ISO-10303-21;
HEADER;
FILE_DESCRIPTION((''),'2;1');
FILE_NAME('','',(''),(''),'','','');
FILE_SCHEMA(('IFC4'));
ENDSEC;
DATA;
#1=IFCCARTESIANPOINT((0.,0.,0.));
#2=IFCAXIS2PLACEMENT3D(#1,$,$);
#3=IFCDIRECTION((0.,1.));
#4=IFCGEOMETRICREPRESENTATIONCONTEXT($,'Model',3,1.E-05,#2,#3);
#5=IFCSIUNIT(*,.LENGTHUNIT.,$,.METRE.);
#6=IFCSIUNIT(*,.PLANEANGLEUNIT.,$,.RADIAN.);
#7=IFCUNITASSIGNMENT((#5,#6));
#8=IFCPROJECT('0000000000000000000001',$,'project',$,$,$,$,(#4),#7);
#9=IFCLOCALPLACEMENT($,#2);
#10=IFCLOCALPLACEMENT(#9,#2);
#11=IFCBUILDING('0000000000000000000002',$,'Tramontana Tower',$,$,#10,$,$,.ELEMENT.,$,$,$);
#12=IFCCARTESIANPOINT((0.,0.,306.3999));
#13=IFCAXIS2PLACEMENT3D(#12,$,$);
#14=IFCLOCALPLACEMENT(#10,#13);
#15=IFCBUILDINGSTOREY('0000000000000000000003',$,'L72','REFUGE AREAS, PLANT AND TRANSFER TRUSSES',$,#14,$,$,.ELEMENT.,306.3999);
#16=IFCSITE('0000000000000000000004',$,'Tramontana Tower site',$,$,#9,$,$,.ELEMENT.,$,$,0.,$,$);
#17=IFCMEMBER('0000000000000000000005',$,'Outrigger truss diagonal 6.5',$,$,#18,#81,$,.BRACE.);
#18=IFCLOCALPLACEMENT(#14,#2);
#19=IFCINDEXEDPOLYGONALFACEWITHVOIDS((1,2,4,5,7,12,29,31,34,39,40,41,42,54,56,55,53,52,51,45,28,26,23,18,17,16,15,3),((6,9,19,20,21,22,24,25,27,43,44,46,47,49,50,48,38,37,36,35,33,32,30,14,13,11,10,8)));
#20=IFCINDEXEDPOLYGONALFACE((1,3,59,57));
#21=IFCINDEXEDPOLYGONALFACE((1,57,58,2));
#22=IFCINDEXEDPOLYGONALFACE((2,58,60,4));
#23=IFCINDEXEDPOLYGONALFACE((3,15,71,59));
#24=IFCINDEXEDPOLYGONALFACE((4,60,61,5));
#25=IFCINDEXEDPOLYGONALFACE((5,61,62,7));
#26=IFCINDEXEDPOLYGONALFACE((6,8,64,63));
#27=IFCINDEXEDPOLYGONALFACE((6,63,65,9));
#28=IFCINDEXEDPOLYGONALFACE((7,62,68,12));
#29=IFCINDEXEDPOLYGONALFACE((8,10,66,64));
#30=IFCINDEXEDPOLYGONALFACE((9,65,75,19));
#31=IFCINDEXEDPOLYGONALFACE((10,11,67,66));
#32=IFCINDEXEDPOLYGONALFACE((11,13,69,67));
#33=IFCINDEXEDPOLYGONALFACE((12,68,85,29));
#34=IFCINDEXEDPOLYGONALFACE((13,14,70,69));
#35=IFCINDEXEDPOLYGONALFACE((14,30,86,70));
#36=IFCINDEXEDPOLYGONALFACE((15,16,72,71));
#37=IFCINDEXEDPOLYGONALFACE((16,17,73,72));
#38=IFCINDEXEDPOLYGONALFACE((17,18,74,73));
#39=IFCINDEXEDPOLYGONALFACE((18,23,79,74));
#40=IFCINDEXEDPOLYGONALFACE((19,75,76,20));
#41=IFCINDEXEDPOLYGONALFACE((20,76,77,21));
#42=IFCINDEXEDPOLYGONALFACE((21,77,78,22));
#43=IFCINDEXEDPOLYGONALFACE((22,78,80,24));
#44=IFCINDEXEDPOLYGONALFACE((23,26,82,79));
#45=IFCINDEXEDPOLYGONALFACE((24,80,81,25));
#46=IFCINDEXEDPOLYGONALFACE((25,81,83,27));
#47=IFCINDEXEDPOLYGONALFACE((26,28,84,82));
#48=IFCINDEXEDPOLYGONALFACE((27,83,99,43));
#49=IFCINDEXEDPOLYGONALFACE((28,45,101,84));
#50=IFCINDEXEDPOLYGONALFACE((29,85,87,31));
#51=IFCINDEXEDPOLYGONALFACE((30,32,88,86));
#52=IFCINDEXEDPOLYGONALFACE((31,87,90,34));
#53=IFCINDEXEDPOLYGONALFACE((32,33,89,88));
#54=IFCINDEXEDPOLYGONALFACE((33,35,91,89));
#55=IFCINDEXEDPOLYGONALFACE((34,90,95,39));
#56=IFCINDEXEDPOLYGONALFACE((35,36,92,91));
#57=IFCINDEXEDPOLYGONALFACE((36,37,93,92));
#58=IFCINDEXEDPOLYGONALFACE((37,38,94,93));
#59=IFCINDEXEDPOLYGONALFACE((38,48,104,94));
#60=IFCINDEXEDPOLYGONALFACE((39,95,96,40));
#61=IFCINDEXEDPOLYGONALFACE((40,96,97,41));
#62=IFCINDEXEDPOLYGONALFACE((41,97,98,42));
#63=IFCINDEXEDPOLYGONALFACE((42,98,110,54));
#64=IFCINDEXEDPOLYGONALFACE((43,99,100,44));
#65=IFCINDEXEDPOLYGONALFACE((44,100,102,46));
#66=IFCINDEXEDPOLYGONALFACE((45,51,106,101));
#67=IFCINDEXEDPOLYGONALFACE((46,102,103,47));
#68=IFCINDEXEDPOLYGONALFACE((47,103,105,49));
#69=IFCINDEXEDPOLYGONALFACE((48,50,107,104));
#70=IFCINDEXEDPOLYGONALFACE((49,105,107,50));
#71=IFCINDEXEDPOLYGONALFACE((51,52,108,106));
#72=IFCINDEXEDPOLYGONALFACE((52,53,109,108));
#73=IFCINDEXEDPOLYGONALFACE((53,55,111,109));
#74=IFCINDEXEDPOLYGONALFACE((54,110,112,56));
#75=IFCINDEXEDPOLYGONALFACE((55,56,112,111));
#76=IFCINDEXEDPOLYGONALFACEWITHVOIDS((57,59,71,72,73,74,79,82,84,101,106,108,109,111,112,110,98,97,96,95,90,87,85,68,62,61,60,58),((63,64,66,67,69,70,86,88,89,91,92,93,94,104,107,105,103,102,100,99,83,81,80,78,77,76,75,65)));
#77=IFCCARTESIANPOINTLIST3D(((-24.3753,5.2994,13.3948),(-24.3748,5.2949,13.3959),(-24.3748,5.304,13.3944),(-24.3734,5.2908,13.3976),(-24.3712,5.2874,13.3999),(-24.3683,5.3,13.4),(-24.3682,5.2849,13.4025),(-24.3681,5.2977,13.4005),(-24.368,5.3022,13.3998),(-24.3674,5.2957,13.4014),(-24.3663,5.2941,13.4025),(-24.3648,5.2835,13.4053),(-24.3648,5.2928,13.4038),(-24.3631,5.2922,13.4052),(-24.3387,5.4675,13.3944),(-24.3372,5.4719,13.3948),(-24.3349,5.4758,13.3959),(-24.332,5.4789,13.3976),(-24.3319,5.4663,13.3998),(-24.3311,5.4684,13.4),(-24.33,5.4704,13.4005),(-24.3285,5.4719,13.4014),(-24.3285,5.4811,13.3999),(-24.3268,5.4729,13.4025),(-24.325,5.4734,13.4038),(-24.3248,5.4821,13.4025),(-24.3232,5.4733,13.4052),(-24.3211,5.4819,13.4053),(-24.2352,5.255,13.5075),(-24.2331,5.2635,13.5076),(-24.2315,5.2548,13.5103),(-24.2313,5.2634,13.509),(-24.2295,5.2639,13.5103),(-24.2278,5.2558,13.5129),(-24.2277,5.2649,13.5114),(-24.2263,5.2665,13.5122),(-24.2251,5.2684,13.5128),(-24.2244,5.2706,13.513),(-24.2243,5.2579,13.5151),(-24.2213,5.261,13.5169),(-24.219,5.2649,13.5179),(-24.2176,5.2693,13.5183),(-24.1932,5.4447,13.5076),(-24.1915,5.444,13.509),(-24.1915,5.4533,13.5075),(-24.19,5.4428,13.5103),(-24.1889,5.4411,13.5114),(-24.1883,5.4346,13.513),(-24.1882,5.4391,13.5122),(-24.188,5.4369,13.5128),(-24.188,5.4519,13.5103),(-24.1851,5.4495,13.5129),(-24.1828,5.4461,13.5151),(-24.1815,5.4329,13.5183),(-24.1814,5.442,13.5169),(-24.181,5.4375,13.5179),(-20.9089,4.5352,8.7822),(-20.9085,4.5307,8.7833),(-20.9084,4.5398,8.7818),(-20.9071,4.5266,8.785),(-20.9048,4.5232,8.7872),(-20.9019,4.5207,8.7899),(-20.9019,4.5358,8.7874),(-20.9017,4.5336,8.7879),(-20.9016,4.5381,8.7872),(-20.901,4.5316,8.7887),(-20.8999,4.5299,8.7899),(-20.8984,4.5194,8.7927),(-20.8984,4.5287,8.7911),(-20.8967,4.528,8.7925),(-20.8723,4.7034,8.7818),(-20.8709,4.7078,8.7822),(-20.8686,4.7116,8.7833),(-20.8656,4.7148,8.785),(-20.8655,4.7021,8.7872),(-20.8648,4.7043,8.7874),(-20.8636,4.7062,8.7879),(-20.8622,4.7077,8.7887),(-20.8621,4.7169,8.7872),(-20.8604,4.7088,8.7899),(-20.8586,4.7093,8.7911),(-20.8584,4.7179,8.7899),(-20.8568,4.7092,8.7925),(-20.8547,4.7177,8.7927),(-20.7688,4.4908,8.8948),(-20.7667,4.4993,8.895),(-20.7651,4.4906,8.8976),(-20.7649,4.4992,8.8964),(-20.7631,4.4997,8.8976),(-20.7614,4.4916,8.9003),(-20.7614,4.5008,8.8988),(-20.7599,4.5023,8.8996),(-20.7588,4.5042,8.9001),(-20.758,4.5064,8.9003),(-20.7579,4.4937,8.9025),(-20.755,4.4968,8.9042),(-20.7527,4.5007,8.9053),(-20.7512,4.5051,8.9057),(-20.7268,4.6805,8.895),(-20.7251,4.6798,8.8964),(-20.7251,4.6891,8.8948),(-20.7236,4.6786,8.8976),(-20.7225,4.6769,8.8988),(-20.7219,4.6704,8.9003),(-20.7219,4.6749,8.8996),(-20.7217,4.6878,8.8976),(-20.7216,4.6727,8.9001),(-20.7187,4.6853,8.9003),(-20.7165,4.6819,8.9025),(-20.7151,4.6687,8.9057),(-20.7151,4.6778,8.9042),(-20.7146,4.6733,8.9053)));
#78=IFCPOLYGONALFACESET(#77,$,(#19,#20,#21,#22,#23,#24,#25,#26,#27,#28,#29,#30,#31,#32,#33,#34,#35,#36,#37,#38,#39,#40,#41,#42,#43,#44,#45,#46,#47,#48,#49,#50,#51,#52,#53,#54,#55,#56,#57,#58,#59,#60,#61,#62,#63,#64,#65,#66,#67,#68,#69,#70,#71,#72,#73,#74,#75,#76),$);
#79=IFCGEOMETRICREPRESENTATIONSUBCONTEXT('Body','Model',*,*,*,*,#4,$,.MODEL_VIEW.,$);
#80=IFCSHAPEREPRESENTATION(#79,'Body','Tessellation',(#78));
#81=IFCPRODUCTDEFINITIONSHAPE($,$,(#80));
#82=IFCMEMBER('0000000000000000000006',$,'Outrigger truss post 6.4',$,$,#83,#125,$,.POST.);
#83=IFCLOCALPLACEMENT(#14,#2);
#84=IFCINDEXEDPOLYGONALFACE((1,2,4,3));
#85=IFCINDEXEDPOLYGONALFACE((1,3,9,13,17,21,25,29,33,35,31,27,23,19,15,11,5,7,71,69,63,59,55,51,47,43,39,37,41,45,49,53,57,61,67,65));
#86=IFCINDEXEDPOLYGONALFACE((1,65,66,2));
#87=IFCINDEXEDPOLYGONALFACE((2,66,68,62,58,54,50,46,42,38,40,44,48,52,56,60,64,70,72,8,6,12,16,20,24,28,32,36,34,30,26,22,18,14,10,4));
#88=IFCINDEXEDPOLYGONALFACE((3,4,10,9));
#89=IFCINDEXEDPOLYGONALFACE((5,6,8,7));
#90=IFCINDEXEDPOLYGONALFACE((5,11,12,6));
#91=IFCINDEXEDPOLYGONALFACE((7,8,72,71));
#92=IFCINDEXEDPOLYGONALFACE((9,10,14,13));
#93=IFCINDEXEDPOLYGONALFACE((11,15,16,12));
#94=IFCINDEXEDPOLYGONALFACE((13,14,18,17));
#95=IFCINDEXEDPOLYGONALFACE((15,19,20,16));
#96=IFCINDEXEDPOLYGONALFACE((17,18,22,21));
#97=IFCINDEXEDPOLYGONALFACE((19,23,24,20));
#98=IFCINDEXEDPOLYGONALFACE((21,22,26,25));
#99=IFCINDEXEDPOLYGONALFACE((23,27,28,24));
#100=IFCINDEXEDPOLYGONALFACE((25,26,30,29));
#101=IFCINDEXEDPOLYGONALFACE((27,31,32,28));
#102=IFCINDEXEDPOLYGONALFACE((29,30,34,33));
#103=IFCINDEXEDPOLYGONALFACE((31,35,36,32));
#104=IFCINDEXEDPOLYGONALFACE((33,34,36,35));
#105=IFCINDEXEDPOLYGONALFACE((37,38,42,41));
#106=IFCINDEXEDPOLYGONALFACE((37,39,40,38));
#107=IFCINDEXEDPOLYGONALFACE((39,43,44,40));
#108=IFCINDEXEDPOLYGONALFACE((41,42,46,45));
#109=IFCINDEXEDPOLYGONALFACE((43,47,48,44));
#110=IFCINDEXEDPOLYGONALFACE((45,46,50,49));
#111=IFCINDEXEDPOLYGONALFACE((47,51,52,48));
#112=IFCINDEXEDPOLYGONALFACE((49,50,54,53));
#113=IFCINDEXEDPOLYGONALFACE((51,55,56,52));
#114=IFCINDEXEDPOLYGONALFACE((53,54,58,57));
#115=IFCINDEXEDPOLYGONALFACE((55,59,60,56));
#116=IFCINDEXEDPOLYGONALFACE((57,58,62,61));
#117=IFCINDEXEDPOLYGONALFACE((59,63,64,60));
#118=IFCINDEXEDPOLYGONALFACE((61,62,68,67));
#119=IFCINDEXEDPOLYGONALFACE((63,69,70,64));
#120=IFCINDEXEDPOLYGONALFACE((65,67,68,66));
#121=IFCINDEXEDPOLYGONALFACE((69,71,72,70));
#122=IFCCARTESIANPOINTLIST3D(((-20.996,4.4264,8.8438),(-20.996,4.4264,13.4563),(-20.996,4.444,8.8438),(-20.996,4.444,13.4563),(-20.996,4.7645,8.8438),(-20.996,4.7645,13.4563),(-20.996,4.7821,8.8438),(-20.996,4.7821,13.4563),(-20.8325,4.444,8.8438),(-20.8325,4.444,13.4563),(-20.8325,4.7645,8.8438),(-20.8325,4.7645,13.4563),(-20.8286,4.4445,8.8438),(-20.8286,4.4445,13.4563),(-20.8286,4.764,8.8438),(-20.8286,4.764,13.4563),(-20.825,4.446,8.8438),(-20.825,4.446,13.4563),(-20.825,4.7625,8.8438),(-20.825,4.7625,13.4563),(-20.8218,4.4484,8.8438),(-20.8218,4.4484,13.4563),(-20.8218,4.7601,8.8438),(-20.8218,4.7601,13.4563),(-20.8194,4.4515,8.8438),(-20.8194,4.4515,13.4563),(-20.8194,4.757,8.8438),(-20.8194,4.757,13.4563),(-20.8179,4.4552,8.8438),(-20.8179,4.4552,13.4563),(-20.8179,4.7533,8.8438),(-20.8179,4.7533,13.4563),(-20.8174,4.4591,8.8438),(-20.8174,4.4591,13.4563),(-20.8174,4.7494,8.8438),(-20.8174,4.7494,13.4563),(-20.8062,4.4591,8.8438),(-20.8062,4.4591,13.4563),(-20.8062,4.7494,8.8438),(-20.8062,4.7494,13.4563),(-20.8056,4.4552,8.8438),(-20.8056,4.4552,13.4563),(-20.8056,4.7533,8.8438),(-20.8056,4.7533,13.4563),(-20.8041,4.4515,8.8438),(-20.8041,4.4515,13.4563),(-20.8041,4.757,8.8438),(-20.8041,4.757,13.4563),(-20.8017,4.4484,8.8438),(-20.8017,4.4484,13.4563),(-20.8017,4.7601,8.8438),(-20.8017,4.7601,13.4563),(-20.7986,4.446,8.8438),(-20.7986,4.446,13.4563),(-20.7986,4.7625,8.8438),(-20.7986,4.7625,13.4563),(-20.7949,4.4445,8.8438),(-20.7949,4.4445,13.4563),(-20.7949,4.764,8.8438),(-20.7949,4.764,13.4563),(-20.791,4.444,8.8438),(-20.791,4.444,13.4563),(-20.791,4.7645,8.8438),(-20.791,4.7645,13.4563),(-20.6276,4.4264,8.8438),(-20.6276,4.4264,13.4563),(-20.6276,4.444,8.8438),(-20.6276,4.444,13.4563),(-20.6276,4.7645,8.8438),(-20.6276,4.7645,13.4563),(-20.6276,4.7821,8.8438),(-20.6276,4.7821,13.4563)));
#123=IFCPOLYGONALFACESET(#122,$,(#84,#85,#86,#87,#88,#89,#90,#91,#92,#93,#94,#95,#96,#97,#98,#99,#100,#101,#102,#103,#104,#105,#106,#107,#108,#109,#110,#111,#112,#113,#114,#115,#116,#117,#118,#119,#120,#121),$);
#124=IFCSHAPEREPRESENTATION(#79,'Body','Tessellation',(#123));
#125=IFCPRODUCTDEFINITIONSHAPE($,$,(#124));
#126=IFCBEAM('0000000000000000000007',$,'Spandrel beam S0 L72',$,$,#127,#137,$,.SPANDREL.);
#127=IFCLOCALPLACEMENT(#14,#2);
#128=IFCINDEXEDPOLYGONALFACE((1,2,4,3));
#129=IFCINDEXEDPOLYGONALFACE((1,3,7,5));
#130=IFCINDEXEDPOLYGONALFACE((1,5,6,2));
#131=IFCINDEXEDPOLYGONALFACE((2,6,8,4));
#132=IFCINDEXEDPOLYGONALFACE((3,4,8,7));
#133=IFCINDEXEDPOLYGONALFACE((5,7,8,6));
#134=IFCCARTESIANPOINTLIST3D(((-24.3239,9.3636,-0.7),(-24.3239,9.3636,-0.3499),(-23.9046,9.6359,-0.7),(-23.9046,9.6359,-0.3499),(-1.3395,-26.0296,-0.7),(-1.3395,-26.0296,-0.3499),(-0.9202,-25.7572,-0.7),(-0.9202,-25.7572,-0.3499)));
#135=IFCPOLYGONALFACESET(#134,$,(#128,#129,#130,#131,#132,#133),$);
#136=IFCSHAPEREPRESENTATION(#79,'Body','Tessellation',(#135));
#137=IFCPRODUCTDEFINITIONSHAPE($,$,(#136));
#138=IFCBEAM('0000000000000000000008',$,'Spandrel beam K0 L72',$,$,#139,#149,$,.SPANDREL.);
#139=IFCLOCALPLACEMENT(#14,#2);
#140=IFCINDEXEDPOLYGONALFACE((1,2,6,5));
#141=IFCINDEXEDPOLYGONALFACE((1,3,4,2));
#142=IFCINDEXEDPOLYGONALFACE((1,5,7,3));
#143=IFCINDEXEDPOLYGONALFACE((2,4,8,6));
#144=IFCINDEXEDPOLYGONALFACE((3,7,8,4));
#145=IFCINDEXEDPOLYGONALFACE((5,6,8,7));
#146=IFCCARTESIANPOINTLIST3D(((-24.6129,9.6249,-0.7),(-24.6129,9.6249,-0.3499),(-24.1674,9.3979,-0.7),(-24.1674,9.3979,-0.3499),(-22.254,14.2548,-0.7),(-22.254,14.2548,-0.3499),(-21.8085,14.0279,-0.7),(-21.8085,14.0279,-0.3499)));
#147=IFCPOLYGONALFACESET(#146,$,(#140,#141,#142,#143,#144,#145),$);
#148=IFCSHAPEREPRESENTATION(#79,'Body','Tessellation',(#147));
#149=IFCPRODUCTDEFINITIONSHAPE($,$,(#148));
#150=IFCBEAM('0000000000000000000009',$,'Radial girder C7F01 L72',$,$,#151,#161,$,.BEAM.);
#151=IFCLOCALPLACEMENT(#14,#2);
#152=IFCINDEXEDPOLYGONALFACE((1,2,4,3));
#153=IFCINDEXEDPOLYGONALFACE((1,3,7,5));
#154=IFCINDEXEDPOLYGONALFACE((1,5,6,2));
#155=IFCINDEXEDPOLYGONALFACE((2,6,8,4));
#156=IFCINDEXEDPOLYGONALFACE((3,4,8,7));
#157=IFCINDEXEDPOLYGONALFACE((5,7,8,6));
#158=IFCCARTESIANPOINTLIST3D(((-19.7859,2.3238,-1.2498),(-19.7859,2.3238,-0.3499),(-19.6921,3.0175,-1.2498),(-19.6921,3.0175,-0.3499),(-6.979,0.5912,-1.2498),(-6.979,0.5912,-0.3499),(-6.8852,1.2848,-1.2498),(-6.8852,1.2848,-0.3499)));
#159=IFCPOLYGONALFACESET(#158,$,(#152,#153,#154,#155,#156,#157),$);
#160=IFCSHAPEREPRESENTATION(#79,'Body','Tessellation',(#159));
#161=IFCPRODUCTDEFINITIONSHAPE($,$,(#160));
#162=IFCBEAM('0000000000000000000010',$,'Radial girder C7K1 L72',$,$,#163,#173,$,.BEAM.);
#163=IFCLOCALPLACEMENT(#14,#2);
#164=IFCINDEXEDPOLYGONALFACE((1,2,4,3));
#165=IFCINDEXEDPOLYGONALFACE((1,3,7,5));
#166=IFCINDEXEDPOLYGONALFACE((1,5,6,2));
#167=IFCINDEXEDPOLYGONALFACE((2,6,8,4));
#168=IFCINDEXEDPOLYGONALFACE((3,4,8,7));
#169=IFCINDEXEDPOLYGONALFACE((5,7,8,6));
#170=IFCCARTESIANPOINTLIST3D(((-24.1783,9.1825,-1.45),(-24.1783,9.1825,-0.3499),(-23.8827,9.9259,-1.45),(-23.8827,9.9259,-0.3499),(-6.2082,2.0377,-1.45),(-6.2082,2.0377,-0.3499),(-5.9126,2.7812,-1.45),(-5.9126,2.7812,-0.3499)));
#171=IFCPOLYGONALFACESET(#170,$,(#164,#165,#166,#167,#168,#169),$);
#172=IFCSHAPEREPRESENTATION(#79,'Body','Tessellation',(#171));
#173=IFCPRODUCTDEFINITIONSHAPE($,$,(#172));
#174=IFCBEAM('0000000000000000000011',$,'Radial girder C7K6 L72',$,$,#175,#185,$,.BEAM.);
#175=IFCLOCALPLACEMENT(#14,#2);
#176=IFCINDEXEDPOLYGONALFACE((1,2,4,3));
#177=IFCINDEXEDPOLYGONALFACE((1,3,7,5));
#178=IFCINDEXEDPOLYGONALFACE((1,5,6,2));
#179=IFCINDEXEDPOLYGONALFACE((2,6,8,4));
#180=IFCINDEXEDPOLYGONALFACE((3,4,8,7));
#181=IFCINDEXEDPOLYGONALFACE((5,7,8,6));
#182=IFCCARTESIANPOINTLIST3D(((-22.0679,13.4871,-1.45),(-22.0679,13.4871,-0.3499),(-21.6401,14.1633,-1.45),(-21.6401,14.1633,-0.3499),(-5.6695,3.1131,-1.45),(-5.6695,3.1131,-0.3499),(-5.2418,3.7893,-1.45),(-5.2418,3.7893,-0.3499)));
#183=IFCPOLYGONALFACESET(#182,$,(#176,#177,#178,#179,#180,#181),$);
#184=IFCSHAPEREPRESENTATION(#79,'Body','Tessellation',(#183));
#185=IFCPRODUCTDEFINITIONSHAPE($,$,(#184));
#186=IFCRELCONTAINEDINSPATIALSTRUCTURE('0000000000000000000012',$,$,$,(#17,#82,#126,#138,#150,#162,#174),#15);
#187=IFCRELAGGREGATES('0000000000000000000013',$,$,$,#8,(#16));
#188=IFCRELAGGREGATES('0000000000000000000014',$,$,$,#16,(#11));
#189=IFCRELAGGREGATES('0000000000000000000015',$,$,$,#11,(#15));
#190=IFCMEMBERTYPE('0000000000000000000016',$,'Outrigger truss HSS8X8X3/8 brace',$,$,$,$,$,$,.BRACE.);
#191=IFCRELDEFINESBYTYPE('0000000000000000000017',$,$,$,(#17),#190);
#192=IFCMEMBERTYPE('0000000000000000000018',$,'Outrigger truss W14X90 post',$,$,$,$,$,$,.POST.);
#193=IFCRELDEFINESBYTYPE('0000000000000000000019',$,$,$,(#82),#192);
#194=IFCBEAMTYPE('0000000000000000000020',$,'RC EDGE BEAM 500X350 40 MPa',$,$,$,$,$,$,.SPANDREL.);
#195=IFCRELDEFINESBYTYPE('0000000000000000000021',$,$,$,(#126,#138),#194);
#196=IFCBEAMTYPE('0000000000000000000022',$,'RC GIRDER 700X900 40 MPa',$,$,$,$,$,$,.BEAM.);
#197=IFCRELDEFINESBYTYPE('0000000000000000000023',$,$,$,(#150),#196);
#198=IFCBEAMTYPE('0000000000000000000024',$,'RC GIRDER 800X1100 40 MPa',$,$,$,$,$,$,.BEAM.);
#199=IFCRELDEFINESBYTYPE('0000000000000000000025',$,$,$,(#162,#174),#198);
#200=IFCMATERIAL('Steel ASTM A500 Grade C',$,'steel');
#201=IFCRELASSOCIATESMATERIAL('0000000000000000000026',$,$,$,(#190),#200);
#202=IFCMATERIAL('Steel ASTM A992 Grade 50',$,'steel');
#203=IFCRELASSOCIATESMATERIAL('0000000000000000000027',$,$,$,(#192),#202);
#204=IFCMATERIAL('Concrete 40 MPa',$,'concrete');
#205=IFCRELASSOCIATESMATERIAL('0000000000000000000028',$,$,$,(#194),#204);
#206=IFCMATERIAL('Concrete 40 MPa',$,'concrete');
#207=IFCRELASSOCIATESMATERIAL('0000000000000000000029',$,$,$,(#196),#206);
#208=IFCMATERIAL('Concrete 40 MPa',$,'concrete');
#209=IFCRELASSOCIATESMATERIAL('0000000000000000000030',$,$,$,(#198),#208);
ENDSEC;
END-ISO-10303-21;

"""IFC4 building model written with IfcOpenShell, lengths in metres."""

from ifc_helpers import new_model, si_unit, direction, frame, origin, origin_2d, place, context, subcontext, project, spatial, rectangle, hollow_rectangle, i_section, extrude, material, material_profile, profile_set, type_object, element, save


model = new_model("IFC4")

# Units and contexts
model_context = context("Model", 3, precision=1e-05, world=origin(), true_north=direction((0.0, 1.0)))
body_context = subcontext(model_context, "Body", "Model", "MODEL_VIEW")
ifc_project = project(units=[si_unit("LENGTHUNIT", "METRE"), si_unit("PLANEANGLEUNIT", "RADIAN")], contexts=[model_context])

# Site, building, storey
site_placement = place(None, origin())
site = spatial("IfcSite", under=ifc_project, at=site_placement, Name="Tramontana Tower site", CompositionType="ELEMENT", RefElevation=0.0)
building_placement = place(site_placement, origin())
building = spatial("IfcBuilding", under=site, at=building_placement, Name="Tramontana Tower", CompositionType="ELEMENT")
storey_placement = place(building_placement, frame((0.0, 0.0, 306.3999)))
storey = spatial("IfcBuildingStorey", under=building, at=storey_placement, Name="L72", Description="REFUGE AREAS, PLANT AND TRANSFER TRUSSES", CompositionType="ELEMENT", Elevation=306.3999)

# Members
ifc_material_1 = material(Name="Steel ASTM A500 Grade C", Category="steel")
ifc_material_profile_1 = material_profile(ifc_material_1, hollow_rectangle(XDim=0.2031, YDim=0.2031, WallThickness=0.0088, InnerFilletRadius=0.0088, OuterFilletRadius=0.0178, at=origin_2d()), Name="HSS8X8X3/8")
ifc_profile_set_1 = profile_set([ifc_material_profile_1], Name="Steel ASTM A500 Grade C")
member_type_1 = type_object("IfcMemberType", Name="Outrigger truss HSS8X8X3/8 brace", PredefinedType="BRACE", material=ifc_profile_set_1)
member_1_placement = place(storey_placement, frame((-20.8118, 4.6042, 8.8438), z_axis=(-0.595564, 0.131294, 0.792506), x_axis=(-0.215284, -0.976551, 0.0)))
element("IfcMember", 1, at=member_1_placement, inside=storey, type_object=member_type_1, Name="Outrigger truss diagonal 6.5", PredefinedType="BRACE", context=body_context, shape_type="SweptSolid", body=[
    extrude(hollow_rectangle(XDim=0.2031, YDim=0.2031, WallThickness=0.0088, InnerFilletRadius=0.0088, OuterFilletRadius=0.0178, at=origin_2d()), origin(), (0.0, 0.0, 1.0), 5.8203),
])
ifc_material_2 = material(Name="Steel ASTM A992 Grade 50", Category="steel")
ifc_material_profile_2 = material_profile(ifc_material_2, i_section(OverallWidth=0.3684, OverallDepth=0.3557, WebThickness=0.0112, FlangeThickness=0.0176, FilletRadius=0.0151, at=origin_2d()), Name="W14X90")
ifc_profile_set_2 = profile_set([ifc_material_profile_2], Name="Steel ASTM A992 Grade 50")
member_type_2 = type_object("IfcMemberType", Name="Outrigger truss W14X90 post", PredefinedType="POST", material=ifc_profile_set_2)
member_2_placement = place(storey_placement, frame((-20.8118, 4.6042, 8.8438), z_axis=(0.0, 0.0, 1.0), x_axis=(1.0, 0.0, 0.0)))
element("IfcMember", 2, at=member_2_placement, inside=storey, type_object=member_type_2, Name="Outrigger truss post 6.4", PredefinedType="POST", context=body_context, shape_type="SweptSolid", body=[
    extrude(i_section(OverallWidth=0.3684, OverallDepth=0.3557, WebThickness=0.0112, FlangeThickness=0.0176, FilletRadius=0.0151, at=origin_2d()), origin(), (0.0, 0.0, 1.0), 4.6125),
])

# Beams
ifc_material_3 = material(Name="Concrete 40 MPa", Category="concrete")
ifc_material_profile_3 = material_profile(ifc_material_3, rectangle(XDim=0.5, YDim=0.3501, at=origin_2d()), Name="RC EDGE BEAM 500X350 40 MPa")
ifc_profile_set_3 = profile_set([ifc_material_profile_3], Name="Concrete 40 MPa")
beam_type_1 = type_object("IfcBeamType", Name="RC EDGE BEAM 500X350 40 MPa", PredefinedType="SPANDREL", material=ifc_profile_set_3)
beam_1_placement = place(storey_placement, frame((-24.1143, 9.4998, -0.5249), z_axis=(0.544637, -0.838672, 0.0), x_axis=(0.838672, 0.544637, 0.0)))
element("IfcBeam", 3, at=beam_1_placement, inside=storey, type_object=beam_type_1, Name="Spandrel beam S0 L72", PredefinedType="SPANDREL", context=body_context, shape_type="SweptSolid", body=[
    extrude(rectangle(XDim=0.5, YDim=0.3501, at=origin_2d()), origin(), (0.0, 0.0, 1.0), 42.2014),
])
beam_2_placement = place(storey_placement, frame((-22.0312, 14.1414, -0.5249), z_axis=(-0.453967, -0.891019, 0.0), x_axis=(0.891019, -0.453967, 0.0)))
element("IfcBeam", 4, at=beam_2_placement, inside=storey, type_object=beam_type_1, Name="Spandrel beam K0 L72", PredefinedType="SPANDREL", context=body_context, shape_type="SweptSolid", body=[
    extrude(rectangle(XDim=0.5, YDim=0.3501, at=origin_2d()), origin(), (0.0, 0.0, 1.0), 5.1963),
])
ifc_material_4 = material(Name="Concrete 40 MPa", Category="concrete")
ifc_material_profile_4 = material_profile(ifc_material_4, rectangle(XDim=0.7, YDim=0.8999, at=origin_2d()), Name="RC GIRDER 700X900 40 MPa")
ifc_profile_set_4 = profile_set([ifc_material_profile_4], Name="Concrete 40 MPa")
beam_type_2 = type_object("IfcBeamType", Name="RC GIRDER 700X900 40 MPa", PredefinedType="BEAM", material=ifc_profile_set_4)
beam_3_placement = place(storey_placement, frame((-19.739, 2.6707, -0.7998), z_axis=(0.990972, -0.13407, 0.0), x_axis=(0.13407, 0.990972, 0.0)))
element("IfcBeam", 5, at=beam_3_placement, inside=storey, type_object=beam_type_2, Name="Radial girder C7F01 L72", PredefinedType="BEAM", context=body_context, shape_type="SweptSolid", body=[
    extrude(rectangle(XDim=0.7, YDim=0.8999, at=origin_2d()), origin(), (0.0, 0.0, 1.0), 12.9236),
])
ifc_material_5 = material(Name="Concrete 40 MPa", Category="concrete")
ifc_material_profile_5 = material_profile(ifc_material_5, rectangle(XDim=0.8, YDim=1.1001, at=origin_2d()), Name="RC GIRDER 800X1100 40 MPa")
ifc_profile_set_5 = profile_set([ifc_material_profile_5], Name="Concrete 40 MPa")
beam_type_3 = type_object("IfcBeamType", Name="RC GIRDER 800X1100 40 MPa", PredefinedType="BEAM", material=ifc_profile_set_5)
beam_4_placement = place(storey_placement, frame((-24.0305, 9.5542, -0.8999), z_axis=(0.929247, -0.369459, 0.0), x_axis=(0.369459, 0.929247, 0.0)))
element("IfcBeam", 6, at=beam_4_placement, inside=storey, type_object=beam_type_3, Name="Radial girder C7K1 L72", PredefinedType="BEAM", context=body_context, shape_type="SweptSolid", body=[
    extrude(rectangle(XDim=0.8, YDim=1.1001, at=origin_2d()), origin(), (0.0, 0.0, 1.0), 19.3384),
])
beam_5_placement = place(storey_placement, frame((-21.854, 13.8252, -0.8999), z_axis=(0.84509, -0.534623, 0.0), x_axis=(0.534623, 0.84509, 0.0)))
element("IfcBeam", 7, at=beam_5_placement, inside=storey, type_object=beam_type_3, Name="Radial girder C7K6 L72", PredefinedType="BEAM", context=body_context, shape_type="SweptSolid", body=[
    extrude(rectangle(XDim=0.8, YDim=1.1001, at=origin_2d()), origin(), (0.0, 0.0, 1.0), 19.4043),
])

save(model, "model.ifc")
